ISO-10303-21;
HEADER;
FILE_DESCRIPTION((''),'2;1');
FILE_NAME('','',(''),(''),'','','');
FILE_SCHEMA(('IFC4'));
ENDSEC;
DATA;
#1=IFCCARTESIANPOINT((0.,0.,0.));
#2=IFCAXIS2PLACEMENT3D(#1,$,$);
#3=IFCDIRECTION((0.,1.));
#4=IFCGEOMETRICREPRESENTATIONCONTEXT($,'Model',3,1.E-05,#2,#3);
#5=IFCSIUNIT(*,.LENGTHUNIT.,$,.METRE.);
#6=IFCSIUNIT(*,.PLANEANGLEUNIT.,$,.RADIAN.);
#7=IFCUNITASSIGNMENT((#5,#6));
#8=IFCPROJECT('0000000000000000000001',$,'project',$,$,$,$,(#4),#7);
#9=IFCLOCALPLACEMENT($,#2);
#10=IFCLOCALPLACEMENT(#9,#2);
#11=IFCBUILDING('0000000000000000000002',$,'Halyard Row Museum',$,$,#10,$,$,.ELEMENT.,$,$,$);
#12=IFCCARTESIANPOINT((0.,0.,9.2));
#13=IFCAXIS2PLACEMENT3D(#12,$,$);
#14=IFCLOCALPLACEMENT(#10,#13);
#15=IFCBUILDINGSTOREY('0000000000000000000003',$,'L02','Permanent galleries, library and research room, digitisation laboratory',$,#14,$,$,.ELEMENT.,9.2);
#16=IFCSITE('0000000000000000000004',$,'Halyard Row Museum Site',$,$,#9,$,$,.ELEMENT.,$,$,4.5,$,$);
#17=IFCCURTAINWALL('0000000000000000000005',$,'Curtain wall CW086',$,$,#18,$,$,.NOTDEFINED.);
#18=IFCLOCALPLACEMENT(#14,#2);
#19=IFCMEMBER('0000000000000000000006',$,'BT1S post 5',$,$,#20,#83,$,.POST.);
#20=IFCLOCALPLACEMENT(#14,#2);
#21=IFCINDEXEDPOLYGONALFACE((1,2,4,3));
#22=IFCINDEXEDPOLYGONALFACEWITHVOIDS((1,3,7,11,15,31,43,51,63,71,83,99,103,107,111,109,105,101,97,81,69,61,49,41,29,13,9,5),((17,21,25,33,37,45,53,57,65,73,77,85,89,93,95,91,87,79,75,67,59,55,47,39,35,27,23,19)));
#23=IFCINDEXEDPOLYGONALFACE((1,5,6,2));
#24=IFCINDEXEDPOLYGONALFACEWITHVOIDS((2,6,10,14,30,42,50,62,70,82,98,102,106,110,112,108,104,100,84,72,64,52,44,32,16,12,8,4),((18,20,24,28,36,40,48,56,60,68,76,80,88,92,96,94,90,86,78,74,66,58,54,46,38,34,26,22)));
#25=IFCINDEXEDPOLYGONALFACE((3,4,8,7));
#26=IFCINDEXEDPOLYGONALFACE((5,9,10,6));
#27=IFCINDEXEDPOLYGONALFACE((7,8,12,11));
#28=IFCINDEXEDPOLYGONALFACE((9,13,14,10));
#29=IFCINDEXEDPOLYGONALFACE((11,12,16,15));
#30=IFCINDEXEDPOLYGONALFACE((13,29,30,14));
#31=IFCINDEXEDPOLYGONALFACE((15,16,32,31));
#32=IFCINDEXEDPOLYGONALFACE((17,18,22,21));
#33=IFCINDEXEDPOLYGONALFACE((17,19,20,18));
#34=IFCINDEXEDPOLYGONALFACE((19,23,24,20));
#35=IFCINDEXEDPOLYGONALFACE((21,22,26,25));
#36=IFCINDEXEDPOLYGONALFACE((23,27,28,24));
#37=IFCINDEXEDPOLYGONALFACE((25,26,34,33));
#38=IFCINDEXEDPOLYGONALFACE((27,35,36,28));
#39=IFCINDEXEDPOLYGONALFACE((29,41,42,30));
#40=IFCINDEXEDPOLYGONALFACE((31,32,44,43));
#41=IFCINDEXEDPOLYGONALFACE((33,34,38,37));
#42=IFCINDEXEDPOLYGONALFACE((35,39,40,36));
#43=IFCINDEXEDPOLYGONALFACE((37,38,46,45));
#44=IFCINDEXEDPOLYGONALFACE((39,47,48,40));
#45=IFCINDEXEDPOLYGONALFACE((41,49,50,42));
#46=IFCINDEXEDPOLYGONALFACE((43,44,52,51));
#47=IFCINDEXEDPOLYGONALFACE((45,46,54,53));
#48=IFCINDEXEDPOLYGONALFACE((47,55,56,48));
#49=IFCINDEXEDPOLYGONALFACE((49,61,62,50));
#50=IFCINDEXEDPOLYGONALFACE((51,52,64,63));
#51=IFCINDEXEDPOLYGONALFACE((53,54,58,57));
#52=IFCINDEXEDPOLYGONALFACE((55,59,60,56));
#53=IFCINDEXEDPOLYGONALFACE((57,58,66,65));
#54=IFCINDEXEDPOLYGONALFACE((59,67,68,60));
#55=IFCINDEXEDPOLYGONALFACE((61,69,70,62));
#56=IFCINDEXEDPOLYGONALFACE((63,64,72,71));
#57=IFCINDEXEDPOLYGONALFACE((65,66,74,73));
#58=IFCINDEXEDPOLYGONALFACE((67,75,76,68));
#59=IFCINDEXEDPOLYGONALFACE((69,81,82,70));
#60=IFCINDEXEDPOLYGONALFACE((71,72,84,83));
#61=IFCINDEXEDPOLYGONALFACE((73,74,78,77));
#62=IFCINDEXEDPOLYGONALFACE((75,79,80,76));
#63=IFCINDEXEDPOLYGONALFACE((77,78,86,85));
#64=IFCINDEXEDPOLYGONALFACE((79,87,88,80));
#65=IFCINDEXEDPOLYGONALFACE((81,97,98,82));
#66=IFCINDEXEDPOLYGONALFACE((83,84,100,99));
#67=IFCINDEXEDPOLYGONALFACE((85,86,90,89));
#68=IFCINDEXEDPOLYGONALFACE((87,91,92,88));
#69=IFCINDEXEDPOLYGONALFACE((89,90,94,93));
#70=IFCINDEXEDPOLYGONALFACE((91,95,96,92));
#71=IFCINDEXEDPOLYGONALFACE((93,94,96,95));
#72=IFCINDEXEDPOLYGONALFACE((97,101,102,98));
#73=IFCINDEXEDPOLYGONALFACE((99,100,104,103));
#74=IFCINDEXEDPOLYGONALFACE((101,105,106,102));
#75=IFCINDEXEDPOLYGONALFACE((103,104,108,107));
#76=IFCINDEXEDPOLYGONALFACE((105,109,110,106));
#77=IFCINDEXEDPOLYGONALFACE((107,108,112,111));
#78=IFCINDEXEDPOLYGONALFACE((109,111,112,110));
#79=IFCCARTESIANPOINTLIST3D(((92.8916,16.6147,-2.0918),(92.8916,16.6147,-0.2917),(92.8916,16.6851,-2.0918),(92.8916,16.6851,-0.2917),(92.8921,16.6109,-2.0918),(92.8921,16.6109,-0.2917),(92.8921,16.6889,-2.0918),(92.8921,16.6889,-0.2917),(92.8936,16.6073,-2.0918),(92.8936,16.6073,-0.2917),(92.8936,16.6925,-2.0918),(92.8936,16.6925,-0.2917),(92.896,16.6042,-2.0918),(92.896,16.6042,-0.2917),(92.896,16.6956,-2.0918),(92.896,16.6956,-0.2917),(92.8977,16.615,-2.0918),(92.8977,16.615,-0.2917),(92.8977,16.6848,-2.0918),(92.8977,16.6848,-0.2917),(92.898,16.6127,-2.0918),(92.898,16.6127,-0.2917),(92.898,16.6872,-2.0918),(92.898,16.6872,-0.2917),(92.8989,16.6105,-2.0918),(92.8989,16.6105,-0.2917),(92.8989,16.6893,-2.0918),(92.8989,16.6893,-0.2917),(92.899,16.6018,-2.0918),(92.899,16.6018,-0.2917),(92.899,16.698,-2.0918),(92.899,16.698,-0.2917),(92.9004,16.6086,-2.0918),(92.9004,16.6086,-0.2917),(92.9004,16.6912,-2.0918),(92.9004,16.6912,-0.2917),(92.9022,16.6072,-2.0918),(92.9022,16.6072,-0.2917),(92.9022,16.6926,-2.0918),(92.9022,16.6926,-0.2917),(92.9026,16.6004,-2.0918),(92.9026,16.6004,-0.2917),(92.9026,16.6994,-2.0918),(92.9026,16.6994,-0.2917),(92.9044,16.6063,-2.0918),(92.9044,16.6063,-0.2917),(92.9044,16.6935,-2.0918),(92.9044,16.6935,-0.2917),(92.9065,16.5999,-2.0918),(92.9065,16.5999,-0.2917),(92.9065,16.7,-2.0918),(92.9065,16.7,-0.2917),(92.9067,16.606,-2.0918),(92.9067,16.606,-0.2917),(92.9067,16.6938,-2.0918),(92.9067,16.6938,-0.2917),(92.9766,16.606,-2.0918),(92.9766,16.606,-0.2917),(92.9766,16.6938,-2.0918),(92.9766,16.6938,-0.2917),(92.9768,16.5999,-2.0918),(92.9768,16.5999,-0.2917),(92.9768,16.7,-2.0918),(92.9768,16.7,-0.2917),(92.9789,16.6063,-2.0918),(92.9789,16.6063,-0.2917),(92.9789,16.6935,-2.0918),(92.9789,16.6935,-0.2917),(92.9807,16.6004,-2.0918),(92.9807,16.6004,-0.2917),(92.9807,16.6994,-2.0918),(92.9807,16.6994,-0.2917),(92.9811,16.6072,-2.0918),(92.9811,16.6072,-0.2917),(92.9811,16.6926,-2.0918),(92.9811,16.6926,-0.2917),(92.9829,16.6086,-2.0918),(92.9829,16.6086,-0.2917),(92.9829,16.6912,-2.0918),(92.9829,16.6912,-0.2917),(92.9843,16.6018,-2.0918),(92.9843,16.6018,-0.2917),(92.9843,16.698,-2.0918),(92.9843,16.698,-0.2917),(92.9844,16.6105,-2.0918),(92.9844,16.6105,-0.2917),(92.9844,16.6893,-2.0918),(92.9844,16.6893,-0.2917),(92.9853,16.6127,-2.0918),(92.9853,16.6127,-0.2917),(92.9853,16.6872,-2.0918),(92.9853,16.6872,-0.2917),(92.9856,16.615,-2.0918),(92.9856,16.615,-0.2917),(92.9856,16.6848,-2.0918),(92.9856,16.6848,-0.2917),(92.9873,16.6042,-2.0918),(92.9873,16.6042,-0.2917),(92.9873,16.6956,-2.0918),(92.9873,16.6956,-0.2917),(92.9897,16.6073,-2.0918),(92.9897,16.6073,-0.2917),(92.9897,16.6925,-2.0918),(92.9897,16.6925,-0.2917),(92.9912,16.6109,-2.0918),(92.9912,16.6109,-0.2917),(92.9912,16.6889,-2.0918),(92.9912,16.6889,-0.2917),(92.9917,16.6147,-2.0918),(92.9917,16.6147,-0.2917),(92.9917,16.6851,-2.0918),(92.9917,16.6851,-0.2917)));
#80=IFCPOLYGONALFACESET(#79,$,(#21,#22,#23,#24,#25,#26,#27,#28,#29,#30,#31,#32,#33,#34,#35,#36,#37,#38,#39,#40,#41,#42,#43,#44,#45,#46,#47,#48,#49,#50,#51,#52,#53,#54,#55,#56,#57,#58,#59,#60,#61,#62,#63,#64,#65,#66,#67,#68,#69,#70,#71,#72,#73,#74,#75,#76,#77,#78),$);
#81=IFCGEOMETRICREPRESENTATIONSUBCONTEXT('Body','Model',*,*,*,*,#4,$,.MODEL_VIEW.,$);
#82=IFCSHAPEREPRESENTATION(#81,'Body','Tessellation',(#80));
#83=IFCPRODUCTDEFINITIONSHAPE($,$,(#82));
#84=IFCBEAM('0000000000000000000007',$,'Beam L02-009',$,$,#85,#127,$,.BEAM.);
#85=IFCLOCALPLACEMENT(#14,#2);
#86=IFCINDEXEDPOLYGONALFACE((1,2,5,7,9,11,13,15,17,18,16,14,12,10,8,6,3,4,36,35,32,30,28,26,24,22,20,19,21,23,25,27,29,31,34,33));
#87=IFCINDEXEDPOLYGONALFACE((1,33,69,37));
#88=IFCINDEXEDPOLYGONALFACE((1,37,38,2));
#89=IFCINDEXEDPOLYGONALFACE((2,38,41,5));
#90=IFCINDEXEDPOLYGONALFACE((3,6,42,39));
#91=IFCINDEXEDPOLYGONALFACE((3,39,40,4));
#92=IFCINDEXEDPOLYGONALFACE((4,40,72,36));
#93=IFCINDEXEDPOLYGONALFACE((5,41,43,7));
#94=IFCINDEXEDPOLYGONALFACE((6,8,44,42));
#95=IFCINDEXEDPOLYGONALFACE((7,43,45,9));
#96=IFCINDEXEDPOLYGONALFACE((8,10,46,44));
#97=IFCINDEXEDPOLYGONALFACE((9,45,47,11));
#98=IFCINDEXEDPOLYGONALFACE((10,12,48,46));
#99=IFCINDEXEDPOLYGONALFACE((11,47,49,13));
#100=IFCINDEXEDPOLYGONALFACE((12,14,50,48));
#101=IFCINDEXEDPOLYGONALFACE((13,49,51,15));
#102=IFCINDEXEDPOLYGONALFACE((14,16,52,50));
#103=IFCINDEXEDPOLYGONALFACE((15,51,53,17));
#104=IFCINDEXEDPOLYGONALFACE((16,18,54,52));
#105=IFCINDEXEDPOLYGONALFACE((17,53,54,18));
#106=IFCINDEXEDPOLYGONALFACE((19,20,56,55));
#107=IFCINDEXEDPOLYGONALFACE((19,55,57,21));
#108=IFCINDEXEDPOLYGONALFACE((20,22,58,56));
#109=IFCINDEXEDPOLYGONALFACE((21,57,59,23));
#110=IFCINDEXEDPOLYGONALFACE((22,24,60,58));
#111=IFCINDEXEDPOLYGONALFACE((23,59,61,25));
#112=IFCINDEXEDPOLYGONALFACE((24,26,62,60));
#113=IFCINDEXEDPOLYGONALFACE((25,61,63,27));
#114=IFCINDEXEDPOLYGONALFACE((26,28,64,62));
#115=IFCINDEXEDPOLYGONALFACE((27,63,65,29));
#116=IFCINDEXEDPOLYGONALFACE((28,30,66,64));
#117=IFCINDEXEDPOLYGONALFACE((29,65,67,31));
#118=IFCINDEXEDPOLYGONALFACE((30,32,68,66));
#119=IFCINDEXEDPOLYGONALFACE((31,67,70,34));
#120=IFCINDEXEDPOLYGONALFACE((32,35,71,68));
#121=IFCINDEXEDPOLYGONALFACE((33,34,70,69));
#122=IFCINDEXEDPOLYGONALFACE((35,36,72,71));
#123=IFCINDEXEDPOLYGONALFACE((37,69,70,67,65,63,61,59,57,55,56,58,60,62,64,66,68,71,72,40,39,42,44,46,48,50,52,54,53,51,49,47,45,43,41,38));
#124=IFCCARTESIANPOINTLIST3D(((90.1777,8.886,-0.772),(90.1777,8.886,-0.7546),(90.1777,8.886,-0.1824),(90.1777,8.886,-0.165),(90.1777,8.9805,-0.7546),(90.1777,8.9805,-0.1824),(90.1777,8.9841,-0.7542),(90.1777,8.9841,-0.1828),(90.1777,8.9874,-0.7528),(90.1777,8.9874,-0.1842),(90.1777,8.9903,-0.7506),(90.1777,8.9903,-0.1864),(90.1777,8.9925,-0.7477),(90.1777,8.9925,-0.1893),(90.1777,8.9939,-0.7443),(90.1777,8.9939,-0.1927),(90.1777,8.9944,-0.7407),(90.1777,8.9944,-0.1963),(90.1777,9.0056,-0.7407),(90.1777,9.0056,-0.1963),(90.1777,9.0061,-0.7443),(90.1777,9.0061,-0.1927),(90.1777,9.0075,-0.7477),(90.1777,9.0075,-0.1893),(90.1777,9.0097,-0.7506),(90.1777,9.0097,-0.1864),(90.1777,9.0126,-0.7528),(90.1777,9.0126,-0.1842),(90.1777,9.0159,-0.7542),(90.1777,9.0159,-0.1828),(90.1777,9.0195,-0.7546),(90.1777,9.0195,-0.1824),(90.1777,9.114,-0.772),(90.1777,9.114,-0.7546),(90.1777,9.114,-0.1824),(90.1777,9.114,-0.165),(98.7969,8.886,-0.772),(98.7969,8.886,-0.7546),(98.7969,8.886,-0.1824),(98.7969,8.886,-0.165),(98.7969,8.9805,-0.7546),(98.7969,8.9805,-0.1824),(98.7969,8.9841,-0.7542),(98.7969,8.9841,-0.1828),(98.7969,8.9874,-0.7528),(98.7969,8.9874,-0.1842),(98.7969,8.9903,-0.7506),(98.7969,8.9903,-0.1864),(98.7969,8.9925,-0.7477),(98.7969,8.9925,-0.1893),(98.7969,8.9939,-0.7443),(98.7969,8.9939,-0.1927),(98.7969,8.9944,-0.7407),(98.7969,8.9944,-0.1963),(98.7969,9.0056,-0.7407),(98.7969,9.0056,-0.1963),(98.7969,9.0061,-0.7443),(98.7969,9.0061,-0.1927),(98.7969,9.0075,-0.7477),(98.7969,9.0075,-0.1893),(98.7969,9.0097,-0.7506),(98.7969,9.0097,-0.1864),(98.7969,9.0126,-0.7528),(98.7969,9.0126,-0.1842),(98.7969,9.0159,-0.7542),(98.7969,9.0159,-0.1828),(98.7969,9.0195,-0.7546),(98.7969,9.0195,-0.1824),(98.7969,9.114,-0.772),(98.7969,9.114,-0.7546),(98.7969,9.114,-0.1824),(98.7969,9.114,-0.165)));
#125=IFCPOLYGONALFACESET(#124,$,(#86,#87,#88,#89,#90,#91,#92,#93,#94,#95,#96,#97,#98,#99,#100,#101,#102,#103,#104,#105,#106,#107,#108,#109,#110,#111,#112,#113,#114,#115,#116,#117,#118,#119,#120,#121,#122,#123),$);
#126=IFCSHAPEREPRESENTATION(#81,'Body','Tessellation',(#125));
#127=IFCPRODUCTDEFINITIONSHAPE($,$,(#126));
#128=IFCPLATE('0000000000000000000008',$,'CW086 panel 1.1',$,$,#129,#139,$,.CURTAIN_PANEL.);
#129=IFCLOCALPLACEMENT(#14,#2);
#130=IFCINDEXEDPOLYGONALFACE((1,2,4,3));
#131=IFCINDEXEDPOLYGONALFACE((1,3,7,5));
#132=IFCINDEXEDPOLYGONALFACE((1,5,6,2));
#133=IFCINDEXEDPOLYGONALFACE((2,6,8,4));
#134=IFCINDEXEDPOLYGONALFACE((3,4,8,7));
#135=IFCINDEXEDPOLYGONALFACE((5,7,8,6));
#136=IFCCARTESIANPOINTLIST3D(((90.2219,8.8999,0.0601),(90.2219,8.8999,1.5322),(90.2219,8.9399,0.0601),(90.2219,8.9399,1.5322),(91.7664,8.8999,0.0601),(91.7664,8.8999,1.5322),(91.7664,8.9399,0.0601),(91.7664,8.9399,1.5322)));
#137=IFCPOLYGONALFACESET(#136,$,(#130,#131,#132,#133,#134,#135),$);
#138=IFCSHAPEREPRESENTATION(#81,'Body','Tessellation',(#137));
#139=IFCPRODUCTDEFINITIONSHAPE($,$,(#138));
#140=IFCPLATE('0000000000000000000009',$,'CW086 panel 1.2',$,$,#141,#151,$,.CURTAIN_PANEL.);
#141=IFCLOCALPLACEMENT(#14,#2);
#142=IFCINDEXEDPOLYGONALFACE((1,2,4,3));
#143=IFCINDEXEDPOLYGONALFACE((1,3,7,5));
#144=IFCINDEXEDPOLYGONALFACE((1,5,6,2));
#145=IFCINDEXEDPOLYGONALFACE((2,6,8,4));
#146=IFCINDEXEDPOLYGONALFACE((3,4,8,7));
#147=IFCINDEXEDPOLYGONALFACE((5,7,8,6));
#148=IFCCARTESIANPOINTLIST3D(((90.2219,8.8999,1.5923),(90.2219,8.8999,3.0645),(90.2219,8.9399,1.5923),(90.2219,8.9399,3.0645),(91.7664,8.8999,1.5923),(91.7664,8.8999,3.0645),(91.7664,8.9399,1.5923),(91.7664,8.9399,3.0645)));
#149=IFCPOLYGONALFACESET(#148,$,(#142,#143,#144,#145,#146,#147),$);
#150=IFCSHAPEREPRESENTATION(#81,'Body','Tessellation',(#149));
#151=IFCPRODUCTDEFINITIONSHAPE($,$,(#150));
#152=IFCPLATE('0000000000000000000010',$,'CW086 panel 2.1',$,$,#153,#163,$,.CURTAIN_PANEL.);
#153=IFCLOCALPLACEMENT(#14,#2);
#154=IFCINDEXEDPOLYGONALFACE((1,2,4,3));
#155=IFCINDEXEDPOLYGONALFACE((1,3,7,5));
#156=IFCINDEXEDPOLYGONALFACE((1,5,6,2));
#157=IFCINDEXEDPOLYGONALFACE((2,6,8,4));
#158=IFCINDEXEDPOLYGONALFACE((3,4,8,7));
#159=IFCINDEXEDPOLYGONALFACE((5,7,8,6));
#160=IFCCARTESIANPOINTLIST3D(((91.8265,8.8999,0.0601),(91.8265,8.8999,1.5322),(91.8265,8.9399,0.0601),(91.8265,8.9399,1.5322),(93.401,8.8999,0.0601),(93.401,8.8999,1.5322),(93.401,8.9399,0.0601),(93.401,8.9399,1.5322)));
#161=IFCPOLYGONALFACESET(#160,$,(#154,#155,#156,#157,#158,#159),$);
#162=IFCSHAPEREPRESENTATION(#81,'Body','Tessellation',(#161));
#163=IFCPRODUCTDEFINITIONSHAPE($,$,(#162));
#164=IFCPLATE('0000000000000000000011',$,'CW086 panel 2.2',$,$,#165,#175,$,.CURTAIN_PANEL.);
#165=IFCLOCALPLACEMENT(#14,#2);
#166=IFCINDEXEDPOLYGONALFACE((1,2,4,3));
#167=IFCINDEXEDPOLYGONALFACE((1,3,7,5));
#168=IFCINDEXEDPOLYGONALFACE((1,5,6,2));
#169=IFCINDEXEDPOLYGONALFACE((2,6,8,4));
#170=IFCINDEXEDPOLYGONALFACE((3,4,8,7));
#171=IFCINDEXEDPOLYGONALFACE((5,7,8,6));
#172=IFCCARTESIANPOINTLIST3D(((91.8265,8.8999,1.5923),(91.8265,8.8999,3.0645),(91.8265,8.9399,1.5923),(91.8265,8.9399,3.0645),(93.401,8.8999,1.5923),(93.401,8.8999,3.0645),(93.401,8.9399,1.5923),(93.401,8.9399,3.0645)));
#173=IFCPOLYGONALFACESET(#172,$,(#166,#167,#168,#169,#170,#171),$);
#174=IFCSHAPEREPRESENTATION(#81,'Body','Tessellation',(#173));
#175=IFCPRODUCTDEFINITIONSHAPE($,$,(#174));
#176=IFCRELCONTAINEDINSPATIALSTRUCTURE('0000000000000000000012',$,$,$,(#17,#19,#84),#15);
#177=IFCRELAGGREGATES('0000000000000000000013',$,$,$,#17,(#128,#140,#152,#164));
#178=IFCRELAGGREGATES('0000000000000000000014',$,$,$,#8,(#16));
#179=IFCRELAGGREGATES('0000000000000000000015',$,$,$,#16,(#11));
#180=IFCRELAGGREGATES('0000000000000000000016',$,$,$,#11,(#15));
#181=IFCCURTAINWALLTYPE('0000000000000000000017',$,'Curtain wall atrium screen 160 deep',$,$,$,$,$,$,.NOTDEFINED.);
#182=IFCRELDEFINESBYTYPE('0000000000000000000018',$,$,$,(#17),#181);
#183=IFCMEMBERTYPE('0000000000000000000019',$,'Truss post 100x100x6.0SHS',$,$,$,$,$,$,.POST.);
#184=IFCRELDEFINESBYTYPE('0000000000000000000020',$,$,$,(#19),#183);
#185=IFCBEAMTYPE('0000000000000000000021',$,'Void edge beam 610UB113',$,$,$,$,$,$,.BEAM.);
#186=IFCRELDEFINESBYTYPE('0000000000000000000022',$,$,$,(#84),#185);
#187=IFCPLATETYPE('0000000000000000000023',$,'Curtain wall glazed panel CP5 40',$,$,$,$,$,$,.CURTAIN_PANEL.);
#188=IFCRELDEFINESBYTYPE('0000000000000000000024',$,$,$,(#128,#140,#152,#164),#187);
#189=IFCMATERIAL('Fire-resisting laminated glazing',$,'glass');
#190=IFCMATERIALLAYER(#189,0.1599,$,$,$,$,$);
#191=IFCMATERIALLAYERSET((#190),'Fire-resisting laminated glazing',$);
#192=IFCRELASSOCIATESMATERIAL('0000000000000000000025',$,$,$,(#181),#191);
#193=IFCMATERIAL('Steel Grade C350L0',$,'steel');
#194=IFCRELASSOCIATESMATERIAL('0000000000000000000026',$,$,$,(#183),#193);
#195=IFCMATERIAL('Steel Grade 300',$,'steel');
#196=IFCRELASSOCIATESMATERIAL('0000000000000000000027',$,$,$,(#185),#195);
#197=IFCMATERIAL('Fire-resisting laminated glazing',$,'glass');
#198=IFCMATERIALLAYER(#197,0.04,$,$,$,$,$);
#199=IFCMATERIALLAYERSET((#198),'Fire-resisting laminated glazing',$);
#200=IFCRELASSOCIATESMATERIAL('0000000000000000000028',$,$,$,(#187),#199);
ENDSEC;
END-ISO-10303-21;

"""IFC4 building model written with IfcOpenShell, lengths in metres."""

from ifc_helpers import new_model, si_unit, direction, frame, origin, origin_2d, place, context, subcontext, project, spatial, rectangle, hollow_rectangle, i_section, extrude, material, layer, layer_set, material_profile, profile_set, type_object, element, aggregate, save


model = new_model("IFC4")

# Units and contexts
model_context = context("Model", 3, precision=1e-05, world=origin(), true_north=direction((0.0, 1.0)))
body_context = subcontext(model_context, "Body", "Model", "MODEL_VIEW")
ifc_project = project(units=[si_unit("LENGTHUNIT", "METRE"), si_unit("PLANEANGLEUNIT", "RADIAN")], contexts=[model_context])

# Site, building, storey
site_placement = place(None, origin())
site = spatial("IfcSite", under=ifc_project, at=site_placement, Name="Halyard Row Museum Site", CompositionType="ELEMENT", RefElevation=4.5)
building_placement = place(site_placement, origin())
building = spatial("IfcBuilding", under=site, at=building_placement, Name="Halyard Row Museum", CompositionType="ELEMENT")
storey_placement = place(building_placement, frame((0.0, 0.0, 9.2)))
storey = spatial("IfcBuildingStorey", under=building, at=storey_placement, Name="L02", Description="Permanent galleries, library and research room, digitisation laboratory", CompositionType="ELEMENT", Elevation=9.2)

# Curtain wall
ifc_material_1 = material(Name="Fire-resisting laminated glazing", Category="glass")
ifc_layer_1 = layer(ifc_material_1, 0.1599)
ifc_layer_set_1 = layer_set([ifc_layer_1], Name="Fire-resisting laminated glazing")
curtain_wall_type = type_object("IfcCurtainWallType", Name="Curtain wall atrium screen 160 deep", PredefinedType="NOTDEFINED", material=ifc_layer_set_1)
curtain_wall_placement = place(storey_placement, origin())
curtain_wall = element("IfcCurtainWall", 1, at=curtain_wall_placement, inside=storey, type_object=curtain_wall_type, Name="Curtain wall CW086", PredefinedType="NOTDEFINED")

# Member
ifc_material_2 = material(Name="Steel Grade C350L0", Category="steel")
ifc_material_profile_1 = material_profile(ifc_material_2, hollow_rectangle(XDim=0.1001, YDim=0.1001, WallThickness=0.0061, InnerFilletRadius=0.009, OuterFilletRadius=0.0149, at=origin_2d()), Name="100x100x6.0SHS")
ifc_profile_set_1 = profile_set([ifc_material_profile_1], Name="Steel Grade C350L0")
member_type_1 = type_object("IfcMemberType", Name="Truss post 100x100x6.0SHS", PredefinedType="POST", material=ifc_profile_set_1)
for number, where, z_axis, x_axis, name in (
    (2, (92.9417, 16.6499, -2.0918), (0.0, 0.0, 1.0), (1.0, 0.0, 0.0), "BT1S post 5"),
):
    element("IfcMember", number, at=place(storey_placement, frame(where, z_axis=z_axis, x_axis=x_axis)), inside=storey, type_object=member_type_1, Name=name, PredefinedType="POST", context=body_context, shape_type="SweptSolid", body=[
        extrude(hollow_rectangle(XDim=0.1001, YDim=0.1001, WallThickness=0.0061, InnerFilletRadius=0.009, OuterFilletRadius=0.0149, at=origin_2d()), origin(), (0.0, 0.0, 1.0), 1.8),
    ])

# Beam
ifc_material_3 = material(Name="Steel Grade 300", Category="steel")
ifc_material_profile_2 = material_profile(ifc_material_3, i_section(OverallWidth=0.228, OverallDepth=0.6069, WebThickness=0.0112, FlangeThickness=0.0173, FilletRadius=0.0139, at=origin_2d()), Name="610UB113")
ifc_profile_set_2 = profile_set([ifc_material_profile_2], Name="Steel Grade 300")
beam_type_1 = type_object("IfcBeamType", Name="Void edge beam 610UB113", PredefinedType="BEAM", material=ifc_profile_set_2)
beam_1_placement = place(storey_placement, frame((90.1777, 9.0, -0.4685), z_axis=(1.0, 0.0, 0.0), x_axis=(0.0, 1.0, 0.0)))
element("IfcBeam", 3, at=beam_1_placement, inside=storey, type_object=beam_type_1, Name="Beam L02-009", PredefinedType="BEAM", context=body_context, shape_type="SweptSolid", body=[
    extrude(i_section(OverallWidth=0.228, OverallDepth=0.6069, WebThickness=0.0112, FlangeThickness=0.0173, FilletRadius=0.0139, at=origin_2d()), origin(), (0.0, 0.0, 1.0), 8.6191),
])

# Plates
ifc_material_4 = material(Name="Fire-resisting laminated glazing", Category="glass")
ifc_layer_2 = layer(ifc_material_4, 0.04)
ifc_layer_set_2 = layer_set([ifc_layer_2], Name="Fire-resisting laminated glazing")
plate_type = type_object("IfcPlateType", Name="Curtain wall glazed panel CP5 40", PredefinedType="CURTAIN_PANEL", material=ifc_layer_set_2)
plate_1_placement = place(storey_placement, frame((90.9941, 8.9199, 0.0601), z_axis=(0.0, 0.0, 1.0), x_axis=(1.0, 0.0, 0.0)))
plate_1 = element("IfcPlate", 4, at=plate_1_placement, type_object=plate_type, Name="CW086 panel 1.1", PredefinedType="CURTAIN_PANEL", context=body_context, shape_type="SweptSolid", body=[
    extrude(rectangle(XDim=1.5444, YDim=0.04, at=origin_2d()), origin(), (0.0, 0.0, 1.0), 1.4722),
])
plate_2_placement = place(storey_placement, frame((90.9941, 8.9199, 1.5923), z_axis=(0.0, 0.0, 1.0), x_axis=(1.0, 0.0, 0.0)))
plate_2 = element("IfcPlate", 5, at=plate_2_placement, type_object=plate_type, Name="CW086 panel 1.2", PredefinedType="CURTAIN_PANEL", context=body_context, shape_type="SweptSolid", body=[
    extrude(rectangle(XDim=1.5444, YDim=0.04, at=origin_2d()), origin(), (0.0, 0.0, 1.0), 1.4722),
])
plate_3_placement = place(storey_placement, frame((92.6138, 8.9199, 0.0601), z_axis=(0.0, 0.0, 1.0), x_axis=(1.0, 0.0, 0.0)))
plate_3 = element("IfcPlate", 6, at=plate_3_placement, type_object=plate_type, Name="CW086 panel 2.1", PredefinedType="CURTAIN_PANEL", context=body_context, shape_type="SweptSolid", body=[
    extrude(rectangle(XDim=1.5745, YDim=0.04, at=origin_2d()), origin(), (0.0, 0.0, 1.0), 1.4722),
])
plate_4_placement = place(storey_placement, frame((92.6138, 8.9199, 1.5923), z_axis=(0.0, 0.0, 1.0), x_axis=(1.0, 0.0, 0.0)))
plate_4 = element("IfcPlate", 7, at=plate_4_placement, type_object=plate_type, Name="CW086 panel 2.2", PredefinedType="CURTAIN_PANEL", context=body_context, shape_type="SweptSolid", body=[
    extrude(rectangle(XDim=1.5745, YDim=0.04, at=origin_2d()), origin(), (0.0, 0.0, 1.0), 1.4722),
])
aggregate(curtain_wall, [plate_1, plate_2, plate_3, plate_4])

save(model, "model.ifc")
